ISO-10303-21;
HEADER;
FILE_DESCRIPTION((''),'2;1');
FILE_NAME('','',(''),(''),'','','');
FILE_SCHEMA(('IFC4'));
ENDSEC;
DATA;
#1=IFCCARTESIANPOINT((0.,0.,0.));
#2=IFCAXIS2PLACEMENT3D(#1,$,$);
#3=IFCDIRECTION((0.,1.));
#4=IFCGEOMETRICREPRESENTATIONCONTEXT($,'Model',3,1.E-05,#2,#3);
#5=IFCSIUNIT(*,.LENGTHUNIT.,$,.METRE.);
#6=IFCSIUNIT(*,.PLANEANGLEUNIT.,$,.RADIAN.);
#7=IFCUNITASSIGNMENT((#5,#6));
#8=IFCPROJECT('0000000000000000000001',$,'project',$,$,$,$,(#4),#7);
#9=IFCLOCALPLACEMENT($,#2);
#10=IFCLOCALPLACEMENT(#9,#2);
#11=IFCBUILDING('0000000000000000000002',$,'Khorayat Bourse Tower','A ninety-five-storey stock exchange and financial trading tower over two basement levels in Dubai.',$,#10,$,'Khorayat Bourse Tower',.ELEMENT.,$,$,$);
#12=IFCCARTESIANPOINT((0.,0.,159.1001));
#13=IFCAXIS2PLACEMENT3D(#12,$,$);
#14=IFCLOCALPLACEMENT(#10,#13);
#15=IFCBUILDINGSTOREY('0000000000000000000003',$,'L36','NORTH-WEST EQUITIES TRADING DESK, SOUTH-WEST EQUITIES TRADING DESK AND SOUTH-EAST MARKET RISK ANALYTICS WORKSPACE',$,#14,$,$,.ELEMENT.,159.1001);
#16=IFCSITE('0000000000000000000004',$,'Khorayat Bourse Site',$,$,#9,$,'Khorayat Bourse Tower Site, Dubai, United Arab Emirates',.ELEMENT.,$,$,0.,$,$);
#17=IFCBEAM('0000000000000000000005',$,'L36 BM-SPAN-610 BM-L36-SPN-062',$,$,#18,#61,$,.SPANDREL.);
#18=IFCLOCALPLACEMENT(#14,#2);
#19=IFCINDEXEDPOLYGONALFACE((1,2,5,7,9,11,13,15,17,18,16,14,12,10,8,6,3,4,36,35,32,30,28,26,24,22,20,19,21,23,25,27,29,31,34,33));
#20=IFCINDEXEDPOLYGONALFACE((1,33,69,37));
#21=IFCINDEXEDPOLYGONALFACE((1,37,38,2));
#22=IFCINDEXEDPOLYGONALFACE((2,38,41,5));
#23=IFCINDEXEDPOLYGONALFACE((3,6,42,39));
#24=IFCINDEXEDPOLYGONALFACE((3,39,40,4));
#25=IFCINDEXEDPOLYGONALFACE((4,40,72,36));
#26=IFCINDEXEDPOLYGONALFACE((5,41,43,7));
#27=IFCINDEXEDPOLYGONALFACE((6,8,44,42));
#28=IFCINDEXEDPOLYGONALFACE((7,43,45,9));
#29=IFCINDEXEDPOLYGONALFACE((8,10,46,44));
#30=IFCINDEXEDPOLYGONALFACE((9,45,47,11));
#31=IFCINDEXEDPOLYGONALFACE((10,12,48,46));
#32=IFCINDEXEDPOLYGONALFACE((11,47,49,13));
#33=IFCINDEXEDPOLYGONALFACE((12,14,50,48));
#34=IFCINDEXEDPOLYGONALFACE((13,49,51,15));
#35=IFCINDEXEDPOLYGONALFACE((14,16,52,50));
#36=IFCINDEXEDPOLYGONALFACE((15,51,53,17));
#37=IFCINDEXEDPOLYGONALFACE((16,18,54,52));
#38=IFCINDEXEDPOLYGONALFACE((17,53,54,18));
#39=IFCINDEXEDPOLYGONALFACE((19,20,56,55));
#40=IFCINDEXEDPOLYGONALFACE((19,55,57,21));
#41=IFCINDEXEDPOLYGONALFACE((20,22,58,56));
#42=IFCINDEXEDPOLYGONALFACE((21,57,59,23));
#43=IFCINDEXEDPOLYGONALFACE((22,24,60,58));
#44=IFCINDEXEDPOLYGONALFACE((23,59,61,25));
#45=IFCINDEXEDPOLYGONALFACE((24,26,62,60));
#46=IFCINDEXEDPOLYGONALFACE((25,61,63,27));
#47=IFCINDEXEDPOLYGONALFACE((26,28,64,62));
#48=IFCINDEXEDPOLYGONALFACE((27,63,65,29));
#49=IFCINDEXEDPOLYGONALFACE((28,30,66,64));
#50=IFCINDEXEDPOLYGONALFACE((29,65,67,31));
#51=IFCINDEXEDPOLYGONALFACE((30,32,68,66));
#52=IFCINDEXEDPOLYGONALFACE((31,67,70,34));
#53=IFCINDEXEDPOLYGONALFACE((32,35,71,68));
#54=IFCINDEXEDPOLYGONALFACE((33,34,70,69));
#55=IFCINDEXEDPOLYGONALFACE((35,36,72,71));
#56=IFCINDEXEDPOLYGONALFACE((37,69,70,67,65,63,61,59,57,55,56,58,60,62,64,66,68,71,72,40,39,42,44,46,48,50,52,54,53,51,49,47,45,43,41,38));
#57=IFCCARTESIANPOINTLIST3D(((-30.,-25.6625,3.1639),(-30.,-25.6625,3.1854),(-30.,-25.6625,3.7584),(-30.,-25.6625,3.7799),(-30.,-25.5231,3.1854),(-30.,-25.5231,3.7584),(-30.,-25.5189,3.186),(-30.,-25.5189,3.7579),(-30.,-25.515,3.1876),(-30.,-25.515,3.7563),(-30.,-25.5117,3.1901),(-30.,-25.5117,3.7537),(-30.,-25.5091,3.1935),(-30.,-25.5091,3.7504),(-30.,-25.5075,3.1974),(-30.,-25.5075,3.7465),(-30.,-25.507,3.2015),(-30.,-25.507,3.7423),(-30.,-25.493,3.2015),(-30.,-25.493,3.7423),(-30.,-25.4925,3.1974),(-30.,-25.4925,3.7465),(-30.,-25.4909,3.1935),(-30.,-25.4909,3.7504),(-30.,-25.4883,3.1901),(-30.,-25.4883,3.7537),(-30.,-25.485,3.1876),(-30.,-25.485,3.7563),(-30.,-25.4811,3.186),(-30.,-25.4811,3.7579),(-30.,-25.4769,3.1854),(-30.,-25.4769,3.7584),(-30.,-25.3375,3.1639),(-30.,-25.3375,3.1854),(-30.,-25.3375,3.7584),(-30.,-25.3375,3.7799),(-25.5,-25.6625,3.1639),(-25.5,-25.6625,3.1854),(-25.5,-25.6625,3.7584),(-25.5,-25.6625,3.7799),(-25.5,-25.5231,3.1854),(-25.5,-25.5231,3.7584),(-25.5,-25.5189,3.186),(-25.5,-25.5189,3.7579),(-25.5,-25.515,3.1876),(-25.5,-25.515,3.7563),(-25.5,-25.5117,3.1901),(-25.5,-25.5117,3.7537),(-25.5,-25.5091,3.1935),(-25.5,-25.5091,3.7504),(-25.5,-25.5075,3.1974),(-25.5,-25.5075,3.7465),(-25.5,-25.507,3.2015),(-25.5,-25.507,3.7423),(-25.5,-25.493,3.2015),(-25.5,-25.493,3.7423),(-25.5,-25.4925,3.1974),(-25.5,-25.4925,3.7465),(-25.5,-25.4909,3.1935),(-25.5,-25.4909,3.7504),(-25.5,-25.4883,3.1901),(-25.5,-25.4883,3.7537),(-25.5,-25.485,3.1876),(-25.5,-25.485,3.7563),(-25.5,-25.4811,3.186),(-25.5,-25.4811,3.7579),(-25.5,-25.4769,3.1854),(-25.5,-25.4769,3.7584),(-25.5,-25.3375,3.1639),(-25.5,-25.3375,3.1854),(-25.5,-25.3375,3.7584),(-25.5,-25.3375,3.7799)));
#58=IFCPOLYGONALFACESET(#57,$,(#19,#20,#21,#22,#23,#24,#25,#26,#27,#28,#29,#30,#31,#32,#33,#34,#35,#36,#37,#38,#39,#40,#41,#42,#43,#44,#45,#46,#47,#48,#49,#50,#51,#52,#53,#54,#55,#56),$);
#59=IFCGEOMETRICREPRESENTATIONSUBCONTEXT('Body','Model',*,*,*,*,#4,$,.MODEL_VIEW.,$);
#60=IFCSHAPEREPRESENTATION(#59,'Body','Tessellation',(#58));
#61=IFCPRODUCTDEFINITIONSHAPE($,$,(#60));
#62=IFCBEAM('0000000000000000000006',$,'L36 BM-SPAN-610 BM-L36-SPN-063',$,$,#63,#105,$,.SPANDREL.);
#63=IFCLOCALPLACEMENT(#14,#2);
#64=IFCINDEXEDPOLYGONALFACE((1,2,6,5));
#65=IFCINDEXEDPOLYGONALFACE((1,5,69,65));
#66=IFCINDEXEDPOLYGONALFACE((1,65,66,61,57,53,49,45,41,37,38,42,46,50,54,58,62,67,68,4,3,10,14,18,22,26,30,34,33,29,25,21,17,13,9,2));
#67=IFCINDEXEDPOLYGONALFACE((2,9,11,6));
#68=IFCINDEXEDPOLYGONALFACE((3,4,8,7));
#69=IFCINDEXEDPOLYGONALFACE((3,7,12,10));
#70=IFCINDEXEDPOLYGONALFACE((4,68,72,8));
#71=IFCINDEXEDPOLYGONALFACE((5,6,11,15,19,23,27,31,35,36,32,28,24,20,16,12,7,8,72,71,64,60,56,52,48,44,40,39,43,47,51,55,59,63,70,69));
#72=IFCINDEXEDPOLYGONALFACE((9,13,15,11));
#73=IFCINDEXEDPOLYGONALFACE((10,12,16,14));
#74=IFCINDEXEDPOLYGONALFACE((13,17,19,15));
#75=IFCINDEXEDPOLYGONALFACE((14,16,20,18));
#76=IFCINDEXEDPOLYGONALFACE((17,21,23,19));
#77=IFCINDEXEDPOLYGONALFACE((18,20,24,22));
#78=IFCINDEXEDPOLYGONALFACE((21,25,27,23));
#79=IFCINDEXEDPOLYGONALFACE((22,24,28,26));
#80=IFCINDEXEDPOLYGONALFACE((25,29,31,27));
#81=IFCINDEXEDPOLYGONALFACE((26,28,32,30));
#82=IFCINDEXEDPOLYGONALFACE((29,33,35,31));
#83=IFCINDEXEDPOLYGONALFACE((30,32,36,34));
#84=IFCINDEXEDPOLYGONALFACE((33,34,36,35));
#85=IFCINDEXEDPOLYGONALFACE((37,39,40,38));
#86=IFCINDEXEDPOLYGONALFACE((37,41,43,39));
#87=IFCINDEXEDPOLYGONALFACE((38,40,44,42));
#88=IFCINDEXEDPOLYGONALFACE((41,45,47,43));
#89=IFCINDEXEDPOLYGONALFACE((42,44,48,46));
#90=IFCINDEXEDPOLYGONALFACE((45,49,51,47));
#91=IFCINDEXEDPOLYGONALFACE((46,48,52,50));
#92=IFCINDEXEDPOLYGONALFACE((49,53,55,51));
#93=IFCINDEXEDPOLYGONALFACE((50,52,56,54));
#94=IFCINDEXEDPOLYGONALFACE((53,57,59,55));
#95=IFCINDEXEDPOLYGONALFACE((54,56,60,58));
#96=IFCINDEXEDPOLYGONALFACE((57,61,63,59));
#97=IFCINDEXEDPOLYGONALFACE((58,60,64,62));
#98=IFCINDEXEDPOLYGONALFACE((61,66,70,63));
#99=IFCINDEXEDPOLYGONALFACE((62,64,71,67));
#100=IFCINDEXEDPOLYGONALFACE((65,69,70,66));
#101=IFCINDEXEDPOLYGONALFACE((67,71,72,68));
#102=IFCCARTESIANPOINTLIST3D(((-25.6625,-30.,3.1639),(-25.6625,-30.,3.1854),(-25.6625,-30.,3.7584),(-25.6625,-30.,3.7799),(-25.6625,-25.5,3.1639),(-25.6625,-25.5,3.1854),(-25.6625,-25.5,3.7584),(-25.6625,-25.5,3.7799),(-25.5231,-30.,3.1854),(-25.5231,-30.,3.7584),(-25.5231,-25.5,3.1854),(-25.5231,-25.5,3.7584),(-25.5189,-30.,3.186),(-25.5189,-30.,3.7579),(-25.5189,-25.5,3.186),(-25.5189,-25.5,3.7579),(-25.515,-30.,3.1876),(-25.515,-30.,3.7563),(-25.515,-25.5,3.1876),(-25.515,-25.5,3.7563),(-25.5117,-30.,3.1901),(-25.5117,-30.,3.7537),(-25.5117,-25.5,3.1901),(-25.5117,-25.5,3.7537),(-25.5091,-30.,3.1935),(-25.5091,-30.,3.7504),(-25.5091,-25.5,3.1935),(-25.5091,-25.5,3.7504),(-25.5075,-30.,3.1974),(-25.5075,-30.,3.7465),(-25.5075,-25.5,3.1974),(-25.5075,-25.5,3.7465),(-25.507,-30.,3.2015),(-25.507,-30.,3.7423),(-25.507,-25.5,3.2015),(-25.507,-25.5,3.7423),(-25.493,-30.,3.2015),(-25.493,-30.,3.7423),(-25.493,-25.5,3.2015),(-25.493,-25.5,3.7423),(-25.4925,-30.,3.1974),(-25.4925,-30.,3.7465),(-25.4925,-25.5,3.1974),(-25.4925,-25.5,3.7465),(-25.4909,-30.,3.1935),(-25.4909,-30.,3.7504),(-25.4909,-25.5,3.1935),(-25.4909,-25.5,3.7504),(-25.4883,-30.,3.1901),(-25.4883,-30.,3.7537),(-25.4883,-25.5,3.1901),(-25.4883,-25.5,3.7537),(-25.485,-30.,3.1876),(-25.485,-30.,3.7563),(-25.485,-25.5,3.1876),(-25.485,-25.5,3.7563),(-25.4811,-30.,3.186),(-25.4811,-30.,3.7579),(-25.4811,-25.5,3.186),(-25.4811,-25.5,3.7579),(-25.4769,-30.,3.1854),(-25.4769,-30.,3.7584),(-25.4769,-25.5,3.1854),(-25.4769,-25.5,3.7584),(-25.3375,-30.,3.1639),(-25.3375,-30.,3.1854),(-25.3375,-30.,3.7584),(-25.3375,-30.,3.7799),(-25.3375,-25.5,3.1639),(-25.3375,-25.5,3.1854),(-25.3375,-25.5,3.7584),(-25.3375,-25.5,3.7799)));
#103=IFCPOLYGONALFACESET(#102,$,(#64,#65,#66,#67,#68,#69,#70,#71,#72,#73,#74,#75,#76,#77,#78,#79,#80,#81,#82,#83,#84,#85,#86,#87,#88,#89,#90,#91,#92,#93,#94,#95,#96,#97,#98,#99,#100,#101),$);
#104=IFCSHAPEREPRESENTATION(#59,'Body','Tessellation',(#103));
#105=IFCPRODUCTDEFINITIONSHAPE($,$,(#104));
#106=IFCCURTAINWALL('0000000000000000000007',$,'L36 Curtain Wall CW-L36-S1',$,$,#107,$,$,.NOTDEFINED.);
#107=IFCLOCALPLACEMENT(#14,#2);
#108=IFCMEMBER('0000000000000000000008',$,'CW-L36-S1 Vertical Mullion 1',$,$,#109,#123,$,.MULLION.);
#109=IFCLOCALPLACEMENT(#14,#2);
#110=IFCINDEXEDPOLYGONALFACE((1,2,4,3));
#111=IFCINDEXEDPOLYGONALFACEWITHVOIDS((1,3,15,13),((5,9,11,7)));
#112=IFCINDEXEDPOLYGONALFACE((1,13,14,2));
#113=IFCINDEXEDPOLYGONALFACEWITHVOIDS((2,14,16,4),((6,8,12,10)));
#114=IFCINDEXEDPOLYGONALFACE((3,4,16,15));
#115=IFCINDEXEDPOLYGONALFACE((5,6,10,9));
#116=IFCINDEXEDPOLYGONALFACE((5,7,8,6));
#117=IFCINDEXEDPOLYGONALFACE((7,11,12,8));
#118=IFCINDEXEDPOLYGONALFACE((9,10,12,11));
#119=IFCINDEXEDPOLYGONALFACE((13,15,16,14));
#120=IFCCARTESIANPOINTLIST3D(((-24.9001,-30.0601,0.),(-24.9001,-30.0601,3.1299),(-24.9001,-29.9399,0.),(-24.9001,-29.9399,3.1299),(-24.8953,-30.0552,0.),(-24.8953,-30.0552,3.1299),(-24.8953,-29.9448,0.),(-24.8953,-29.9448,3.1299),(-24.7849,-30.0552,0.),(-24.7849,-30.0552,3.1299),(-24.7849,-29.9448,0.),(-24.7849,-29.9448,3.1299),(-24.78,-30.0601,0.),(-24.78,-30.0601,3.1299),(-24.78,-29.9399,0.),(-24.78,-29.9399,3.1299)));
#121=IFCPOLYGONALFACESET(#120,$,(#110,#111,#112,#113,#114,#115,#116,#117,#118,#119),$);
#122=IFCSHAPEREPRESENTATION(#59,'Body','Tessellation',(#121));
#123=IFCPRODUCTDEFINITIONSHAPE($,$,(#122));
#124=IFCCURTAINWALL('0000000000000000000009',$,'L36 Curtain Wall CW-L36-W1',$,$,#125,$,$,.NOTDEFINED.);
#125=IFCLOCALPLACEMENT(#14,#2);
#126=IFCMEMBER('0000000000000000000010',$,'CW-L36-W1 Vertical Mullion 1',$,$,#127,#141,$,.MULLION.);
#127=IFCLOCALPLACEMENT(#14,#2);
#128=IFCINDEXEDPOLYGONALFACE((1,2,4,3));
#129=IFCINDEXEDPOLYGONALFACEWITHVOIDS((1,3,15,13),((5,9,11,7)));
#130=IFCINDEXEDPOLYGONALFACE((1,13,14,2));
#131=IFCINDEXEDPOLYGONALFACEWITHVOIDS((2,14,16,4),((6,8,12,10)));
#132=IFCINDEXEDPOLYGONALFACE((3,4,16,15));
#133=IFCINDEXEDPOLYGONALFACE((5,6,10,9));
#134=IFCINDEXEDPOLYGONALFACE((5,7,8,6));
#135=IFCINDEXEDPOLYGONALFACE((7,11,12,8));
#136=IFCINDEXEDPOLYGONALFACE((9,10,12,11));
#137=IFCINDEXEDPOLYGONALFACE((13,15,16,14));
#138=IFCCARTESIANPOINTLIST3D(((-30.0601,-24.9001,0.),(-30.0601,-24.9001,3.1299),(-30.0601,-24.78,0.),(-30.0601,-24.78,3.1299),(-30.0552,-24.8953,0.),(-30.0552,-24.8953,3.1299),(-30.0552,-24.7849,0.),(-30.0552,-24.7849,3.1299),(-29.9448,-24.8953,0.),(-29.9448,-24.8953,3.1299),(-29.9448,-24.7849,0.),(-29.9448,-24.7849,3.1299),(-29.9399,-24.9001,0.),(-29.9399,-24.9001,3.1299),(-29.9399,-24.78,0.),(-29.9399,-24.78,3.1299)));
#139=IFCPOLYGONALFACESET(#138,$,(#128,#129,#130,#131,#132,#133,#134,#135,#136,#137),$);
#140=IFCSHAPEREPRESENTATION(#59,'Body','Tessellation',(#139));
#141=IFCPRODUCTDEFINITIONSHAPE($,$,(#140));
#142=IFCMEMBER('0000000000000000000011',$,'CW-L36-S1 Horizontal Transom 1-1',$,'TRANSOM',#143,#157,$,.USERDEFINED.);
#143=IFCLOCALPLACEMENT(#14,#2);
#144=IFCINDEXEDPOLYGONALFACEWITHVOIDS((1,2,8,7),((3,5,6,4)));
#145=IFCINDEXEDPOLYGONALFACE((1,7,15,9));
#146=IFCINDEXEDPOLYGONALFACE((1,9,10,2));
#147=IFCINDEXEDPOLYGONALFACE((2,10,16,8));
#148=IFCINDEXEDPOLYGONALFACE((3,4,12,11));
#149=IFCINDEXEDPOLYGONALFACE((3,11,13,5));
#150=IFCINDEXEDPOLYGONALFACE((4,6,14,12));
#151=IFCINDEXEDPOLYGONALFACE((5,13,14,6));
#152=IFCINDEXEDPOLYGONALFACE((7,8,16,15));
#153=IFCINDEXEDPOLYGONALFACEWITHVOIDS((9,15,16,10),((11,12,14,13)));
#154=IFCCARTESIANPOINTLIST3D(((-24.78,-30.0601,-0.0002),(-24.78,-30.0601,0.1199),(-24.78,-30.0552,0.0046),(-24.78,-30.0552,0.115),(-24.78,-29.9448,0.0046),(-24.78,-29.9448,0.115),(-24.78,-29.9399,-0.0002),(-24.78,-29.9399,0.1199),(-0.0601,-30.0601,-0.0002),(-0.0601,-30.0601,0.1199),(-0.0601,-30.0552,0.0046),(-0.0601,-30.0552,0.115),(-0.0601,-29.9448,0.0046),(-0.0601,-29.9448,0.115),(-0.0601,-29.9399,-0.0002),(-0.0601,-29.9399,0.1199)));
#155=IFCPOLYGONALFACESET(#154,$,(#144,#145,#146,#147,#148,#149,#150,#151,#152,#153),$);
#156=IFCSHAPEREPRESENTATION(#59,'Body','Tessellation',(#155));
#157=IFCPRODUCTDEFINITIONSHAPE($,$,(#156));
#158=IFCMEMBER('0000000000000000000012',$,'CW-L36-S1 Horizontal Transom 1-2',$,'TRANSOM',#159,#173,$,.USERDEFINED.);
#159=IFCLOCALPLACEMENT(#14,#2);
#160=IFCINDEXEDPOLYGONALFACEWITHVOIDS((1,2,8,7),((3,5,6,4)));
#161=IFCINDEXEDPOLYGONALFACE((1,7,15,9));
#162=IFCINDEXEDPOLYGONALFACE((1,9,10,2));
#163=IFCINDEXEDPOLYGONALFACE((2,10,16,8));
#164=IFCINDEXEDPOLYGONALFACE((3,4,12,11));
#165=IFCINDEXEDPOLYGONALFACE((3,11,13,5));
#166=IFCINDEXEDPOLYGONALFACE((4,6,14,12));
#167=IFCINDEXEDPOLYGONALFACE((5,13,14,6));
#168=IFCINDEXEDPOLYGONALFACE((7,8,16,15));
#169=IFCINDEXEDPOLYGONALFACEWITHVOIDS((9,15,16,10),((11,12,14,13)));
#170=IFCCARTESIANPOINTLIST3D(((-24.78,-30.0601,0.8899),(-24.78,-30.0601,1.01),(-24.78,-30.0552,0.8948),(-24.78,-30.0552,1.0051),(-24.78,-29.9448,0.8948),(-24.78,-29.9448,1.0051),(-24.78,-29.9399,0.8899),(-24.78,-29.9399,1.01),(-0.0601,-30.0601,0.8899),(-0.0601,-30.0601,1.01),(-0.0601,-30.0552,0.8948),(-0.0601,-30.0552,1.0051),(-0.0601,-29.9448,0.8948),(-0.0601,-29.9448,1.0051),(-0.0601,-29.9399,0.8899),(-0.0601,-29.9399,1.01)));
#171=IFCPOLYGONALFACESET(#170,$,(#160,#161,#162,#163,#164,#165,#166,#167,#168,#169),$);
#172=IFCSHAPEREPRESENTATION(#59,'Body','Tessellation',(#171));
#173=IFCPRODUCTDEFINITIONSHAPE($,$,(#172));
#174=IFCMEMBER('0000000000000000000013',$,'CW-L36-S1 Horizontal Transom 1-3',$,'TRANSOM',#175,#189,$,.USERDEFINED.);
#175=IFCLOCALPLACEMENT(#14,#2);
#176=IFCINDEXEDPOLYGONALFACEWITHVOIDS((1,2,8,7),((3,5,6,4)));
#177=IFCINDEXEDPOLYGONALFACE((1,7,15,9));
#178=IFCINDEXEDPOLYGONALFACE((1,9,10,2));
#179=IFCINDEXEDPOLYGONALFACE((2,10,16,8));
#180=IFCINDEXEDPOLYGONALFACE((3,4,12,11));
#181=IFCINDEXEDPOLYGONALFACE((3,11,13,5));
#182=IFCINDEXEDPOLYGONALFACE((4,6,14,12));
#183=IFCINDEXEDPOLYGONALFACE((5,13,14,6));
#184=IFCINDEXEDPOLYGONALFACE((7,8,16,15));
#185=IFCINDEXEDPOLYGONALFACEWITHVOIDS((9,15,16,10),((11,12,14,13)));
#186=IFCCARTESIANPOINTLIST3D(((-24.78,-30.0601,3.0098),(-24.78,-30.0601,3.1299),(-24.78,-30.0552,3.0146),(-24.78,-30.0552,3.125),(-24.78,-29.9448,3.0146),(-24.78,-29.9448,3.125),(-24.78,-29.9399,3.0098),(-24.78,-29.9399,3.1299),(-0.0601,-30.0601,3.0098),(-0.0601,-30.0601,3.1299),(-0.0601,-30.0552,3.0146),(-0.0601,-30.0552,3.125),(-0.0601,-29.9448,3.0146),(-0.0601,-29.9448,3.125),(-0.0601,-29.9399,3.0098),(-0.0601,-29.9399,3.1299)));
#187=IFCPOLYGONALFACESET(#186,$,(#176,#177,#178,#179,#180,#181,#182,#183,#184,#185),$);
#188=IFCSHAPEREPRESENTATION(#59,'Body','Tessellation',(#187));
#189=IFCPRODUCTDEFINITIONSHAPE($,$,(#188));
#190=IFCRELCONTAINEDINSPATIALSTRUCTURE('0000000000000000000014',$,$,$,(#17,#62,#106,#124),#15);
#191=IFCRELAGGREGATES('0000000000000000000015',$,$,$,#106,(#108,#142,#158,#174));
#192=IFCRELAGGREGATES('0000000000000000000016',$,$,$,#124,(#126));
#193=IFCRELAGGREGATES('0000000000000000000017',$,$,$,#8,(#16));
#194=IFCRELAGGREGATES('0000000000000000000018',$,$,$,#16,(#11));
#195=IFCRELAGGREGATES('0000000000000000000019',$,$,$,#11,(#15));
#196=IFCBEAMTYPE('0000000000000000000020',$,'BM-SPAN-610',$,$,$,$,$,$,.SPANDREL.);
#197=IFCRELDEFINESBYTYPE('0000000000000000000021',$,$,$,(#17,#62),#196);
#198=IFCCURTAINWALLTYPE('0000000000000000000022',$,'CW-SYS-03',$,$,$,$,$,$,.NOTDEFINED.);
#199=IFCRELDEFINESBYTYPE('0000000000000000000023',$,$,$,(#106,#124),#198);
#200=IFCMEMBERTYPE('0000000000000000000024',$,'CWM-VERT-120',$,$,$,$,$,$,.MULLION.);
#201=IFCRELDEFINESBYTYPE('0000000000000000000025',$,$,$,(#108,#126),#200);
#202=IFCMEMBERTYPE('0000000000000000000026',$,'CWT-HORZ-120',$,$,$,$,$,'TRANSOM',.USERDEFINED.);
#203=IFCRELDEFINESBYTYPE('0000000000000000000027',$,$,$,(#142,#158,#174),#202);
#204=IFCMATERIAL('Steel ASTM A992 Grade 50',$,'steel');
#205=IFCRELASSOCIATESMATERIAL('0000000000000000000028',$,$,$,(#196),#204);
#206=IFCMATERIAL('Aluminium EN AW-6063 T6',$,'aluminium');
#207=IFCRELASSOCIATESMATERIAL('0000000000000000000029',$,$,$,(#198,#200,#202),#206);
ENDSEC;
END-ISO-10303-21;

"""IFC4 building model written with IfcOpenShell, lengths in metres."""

from ifc_helpers import new_model, si_unit, direction, frame, origin, origin_2d, place, context, subcontext, project, spatial, hollow_rectangle, i_section, extrude, source, transform, mapped, material, material_profile, profile_set, type_object, element, aggregate, save


model = new_model("IFC4")

# Units and contexts
model_context = context("Model", 3, precision=1e-05, world=origin(), true_north=direction((0.0, 1.0)))
body_context = subcontext(model_context, "Body", "Model", "MODEL_VIEW")
ifc_project = project(units=[si_unit("LENGTHUNIT", "METRE"), si_unit("PLANEANGLEUNIT", "RADIAN")], contexts=[model_context])

# Site, building, storey
site_placement = place(None, origin())
site = spatial("IfcSite", under=ifc_project, at=site_placement, Name="Khorayat Bourse Site", LongName="Khorayat Bourse Tower Site, Dubai, United Arab Emirates", CompositionType="ELEMENT", RefElevation=0.0)
building_placement = place(site_placement, origin())
building = spatial("IfcBuilding", under=site, at=building_placement, Name="Khorayat Bourse Tower", Description="A ninety-five-storey stock exchange and financial trading tower over two basement levels in Dubai.", LongName="Khorayat Bourse Tower", CompositionType="ELEMENT")
storey_placement = place(building_placement, frame((0.0, 0.0, 159.1001)))
storey = spatial("IfcBuildingStorey", under=building, at=storey_placement, Name="L36", Description="NORTH-WEST EQUITIES TRADING DESK, SOUTH-WEST EQUITIES TRADING DESK AND SOUTH-EAST MARKET RISK ANALYTICS WORKSPACE", CompositionType="ELEMENT", Elevation=159.1001)

# Beams
ifc_material_1 = material(Name="Steel ASTM A992 Grade 50", Category="steel")
ifc_material_profile_1 = material_profile(ifc_material_1, i_section(OverallWidth=0.325, OverallDepth=0.616, WebThickness=0.0139, FlangeThickness=0.0215, FilletRadius=0.0161, at=origin_2d()), Name="W610X174")
ifc_profile_set_1 = profile_set([ifc_material_profile_1], Name="Steel ASTM A992 Grade 50")
beam_type_1 = type_object("IfcBeamType", Name="BM-SPAN-610", PredefinedType="SPANDREL", material=ifc_profile_set_1)
shared_shape_1 = source(origin(), body_context, "Body", "SweptSolid", [
    extrude(i_section(OverallWidth=0.325, OverallDepth=0.616, WebThickness=0.0139, FlangeThickness=0.0215, FilletRadius=0.0161, at=origin_2d()), origin(), (0.0, 0.0, 1.0), 4.5),
])
for number, where, z_axis, x_axis, name in (
    (1, (-30.0, -25.5, 3.4719), (1.0, 0.0, 0.0), (0.0, 1.0, 0.0), "L36 BM-SPAN-610 BM-L36-SPN-062"),
    (2, (-25.5, -30.0, 3.4719), (0.0, 1.0, 0.0), (-1.0, 0.0, 0.0), "L36 BM-SPAN-610 BM-L36-SPN-063"),
):
    element("IfcBeam", number, at=place(storey_placement, frame(where, z_axis=z_axis, x_axis=x_axis)), inside=storey, type_object=beam_type_1, Name=name, PredefinedType="SPANDREL", context=body_context, shape_type="MappedRepresentation", body=[
        mapped(shared_shape_1, transform((0.0, 0.0, 0.0), scale=1.0)),
    ])

# Curtain walls, members
ifc_material_2 = material(Name="Aluminium EN AW-6063 T6", Category="aluminium")
curtain_wall_type = type_object("IfcCurtainWallType", Name="CW-SYS-03", PredefinedType="NOTDEFINED", material=ifc_material_2)
curtain_wall_1_placement = place(storey_placement, origin())
curtain_wall_1 = element("IfcCurtainWall", 3, at=curtain_wall_1_placement, inside=storey, type_object=curtain_wall_type, Name="L36 Curtain Wall CW-L36-S1", PredefinedType="NOTDEFINED")
ifc_material_profile_2 = material_profile(ifc_material_2, hollow_rectangle(XDim=0.1201, YDim=0.1201, WallThickness=0.0049, at=origin_2d()), Name="ALU 120x120x5")
ifc_profile_set_2 = profile_set([ifc_material_profile_2], Name="Aluminium EN AW-6063 T6")
member_type_1 = type_object("IfcMemberType", Name="CWM-VERT-120", PredefinedType="MULLION", material=ifc_profile_set_2)
shared_shape_2 = source(origin(), body_context, "Body", "SweptSolid", [
    extrude(hollow_rectangle(XDim=0.1201, YDim=0.1201, WallThickness=0.0049, at=origin_2d()), origin(), (0.0, 0.0, 1.0), 3.1299),
])
member_1_placement = place(storey_placement, frame((-24.8401, -30.0, 0.0), z_axis=(0.0, 0.0, 1.0), x_axis=(0.0, 1.0, 0.0)))
member_1 = element("IfcMember", 4, at=member_1_placement, type_object=member_type_1, Name="CW-L36-S1 Vertical Mullion 1", PredefinedType="MULLION", context=body_context, shape_type="MappedRepresentation", body=[
    mapped(shared_shape_2, transform((0.0, 0.0, 0.0), scale=1.0)),
])
curtain_wall_2_placement = place(storey_placement, origin())
curtain_wall_2 = element("IfcCurtainWall", 5, at=curtain_wall_2_placement, inside=storey, type_object=curtain_wall_type, Name="L36 Curtain Wall CW-L36-W1", PredefinedType="NOTDEFINED")
member_2_placement = place(storey_placement, frame((-30.0, -24.8401, 0.0), z_axis=(0.0, 0.0, 1.0), x_axis=(-1.0, 0.0, 0.0)))
member_2 = element("IfcMember", 6, at=member_2_placement, type_object=member_type_1, Name="CW-L36-W1 Vertical Mullion 1", PredefinedType="MULLION", context=body_context, shape_type="MappedRepresentation", body=[
    mapped(shared_shape_2, transform((0.0, 0.0, 0.0), scale=1.0)),
])

# Members
ifc_material_profile_3 = material_profile(ifc_material_2, hollow_rectangle(XDim=0.1201, YDim=0.1201, WallThickness=0.0049, at=origin_2d()), Name="ALU 120x120x5")
ifc_profile_set_3 = profile_set([ifc_material_profile_3], Name="Aluminium EN AW-6063 T6")
member_type_2 = type_object("IfcMemberType", Name="CWT-HORZ-120", ElementType="TRANSOM", PredefinedType="USERDEFINED", material=ifc_profile_set_3)
shared_shape_3 = source(origin(), body_context, "Body", "SweptSolid", [
    extrude(hollow_rectangle(XDim=0.1201, YDim=0.1201, WallThickness=0.0049, at=origin_2d()), origin(), (0.0, 0.0, 1.0), 24.72),
])
member_3_placement = place(storey_placement, frame((-24.78, -30.0, 0.0598), z_axis=(1.0, 0.0, 0.0), x_axis=(0.0, 1.0, 0.0)))
member_3 = element("IfcMember", 7, at=member_3_placement, type_object=member_type_2, Name="CW-L36-S1 Horizontal Transom 1-1", ObjectType="TRANSOM", PredefinedType="USERDEFINED", context=body_context, shape_type="MappedRepresentation", body=[
    mapped(shared_shape_3, transform((0.0, 0.0, 0.0), scale=1.0)),
])
member_4_placement = place(storey_placement, frame((-24.78, -30.0, 0.95), z_axis=(1.0, 0.0, 0.0), x_axis=(0.0, 1.0, 0.0)))
member_4 = element("IfcMember", 8, at=member_4_placement, type_object=member_type_2, Name="CW-L36-S1 Horizontal Transom 1-2", ObjectType="TRANSOM", PredefinedType="USERDEFINED", context=body_context, shape_type="MappedRepresentation", body=[
    mapped(shared_shape_3, transform((0.0, 0.0, 0.0), scale=1.0)),
])
member_5_placement = place(storey_placement, frame((-24.78, -30.0, 3.0698), z_axis=(1.0, 0.0, 0.0), x_axis=(0.0, 1.0, 0.0)))
member_5 = element("IfcMember", 9, at=member_5_placement, type_object=member_type_2, Name="CW-L36-S1 Horizontal Transom 1-3", ObjectType="TRANSOM", PredefinedType="USERDEFINED", context=body_context, shape_type="MappedRepresentation", body=[
    mapped(shared_shape_3, transform((0.0, 0.0, 0.0), scale=1.0)),
])
aggregate(curtain_wall_1, [member_1, member_3, member_4, member_5])
aggregate(curtain_wall_2, [member_2])

save(model, "model.ifc")
